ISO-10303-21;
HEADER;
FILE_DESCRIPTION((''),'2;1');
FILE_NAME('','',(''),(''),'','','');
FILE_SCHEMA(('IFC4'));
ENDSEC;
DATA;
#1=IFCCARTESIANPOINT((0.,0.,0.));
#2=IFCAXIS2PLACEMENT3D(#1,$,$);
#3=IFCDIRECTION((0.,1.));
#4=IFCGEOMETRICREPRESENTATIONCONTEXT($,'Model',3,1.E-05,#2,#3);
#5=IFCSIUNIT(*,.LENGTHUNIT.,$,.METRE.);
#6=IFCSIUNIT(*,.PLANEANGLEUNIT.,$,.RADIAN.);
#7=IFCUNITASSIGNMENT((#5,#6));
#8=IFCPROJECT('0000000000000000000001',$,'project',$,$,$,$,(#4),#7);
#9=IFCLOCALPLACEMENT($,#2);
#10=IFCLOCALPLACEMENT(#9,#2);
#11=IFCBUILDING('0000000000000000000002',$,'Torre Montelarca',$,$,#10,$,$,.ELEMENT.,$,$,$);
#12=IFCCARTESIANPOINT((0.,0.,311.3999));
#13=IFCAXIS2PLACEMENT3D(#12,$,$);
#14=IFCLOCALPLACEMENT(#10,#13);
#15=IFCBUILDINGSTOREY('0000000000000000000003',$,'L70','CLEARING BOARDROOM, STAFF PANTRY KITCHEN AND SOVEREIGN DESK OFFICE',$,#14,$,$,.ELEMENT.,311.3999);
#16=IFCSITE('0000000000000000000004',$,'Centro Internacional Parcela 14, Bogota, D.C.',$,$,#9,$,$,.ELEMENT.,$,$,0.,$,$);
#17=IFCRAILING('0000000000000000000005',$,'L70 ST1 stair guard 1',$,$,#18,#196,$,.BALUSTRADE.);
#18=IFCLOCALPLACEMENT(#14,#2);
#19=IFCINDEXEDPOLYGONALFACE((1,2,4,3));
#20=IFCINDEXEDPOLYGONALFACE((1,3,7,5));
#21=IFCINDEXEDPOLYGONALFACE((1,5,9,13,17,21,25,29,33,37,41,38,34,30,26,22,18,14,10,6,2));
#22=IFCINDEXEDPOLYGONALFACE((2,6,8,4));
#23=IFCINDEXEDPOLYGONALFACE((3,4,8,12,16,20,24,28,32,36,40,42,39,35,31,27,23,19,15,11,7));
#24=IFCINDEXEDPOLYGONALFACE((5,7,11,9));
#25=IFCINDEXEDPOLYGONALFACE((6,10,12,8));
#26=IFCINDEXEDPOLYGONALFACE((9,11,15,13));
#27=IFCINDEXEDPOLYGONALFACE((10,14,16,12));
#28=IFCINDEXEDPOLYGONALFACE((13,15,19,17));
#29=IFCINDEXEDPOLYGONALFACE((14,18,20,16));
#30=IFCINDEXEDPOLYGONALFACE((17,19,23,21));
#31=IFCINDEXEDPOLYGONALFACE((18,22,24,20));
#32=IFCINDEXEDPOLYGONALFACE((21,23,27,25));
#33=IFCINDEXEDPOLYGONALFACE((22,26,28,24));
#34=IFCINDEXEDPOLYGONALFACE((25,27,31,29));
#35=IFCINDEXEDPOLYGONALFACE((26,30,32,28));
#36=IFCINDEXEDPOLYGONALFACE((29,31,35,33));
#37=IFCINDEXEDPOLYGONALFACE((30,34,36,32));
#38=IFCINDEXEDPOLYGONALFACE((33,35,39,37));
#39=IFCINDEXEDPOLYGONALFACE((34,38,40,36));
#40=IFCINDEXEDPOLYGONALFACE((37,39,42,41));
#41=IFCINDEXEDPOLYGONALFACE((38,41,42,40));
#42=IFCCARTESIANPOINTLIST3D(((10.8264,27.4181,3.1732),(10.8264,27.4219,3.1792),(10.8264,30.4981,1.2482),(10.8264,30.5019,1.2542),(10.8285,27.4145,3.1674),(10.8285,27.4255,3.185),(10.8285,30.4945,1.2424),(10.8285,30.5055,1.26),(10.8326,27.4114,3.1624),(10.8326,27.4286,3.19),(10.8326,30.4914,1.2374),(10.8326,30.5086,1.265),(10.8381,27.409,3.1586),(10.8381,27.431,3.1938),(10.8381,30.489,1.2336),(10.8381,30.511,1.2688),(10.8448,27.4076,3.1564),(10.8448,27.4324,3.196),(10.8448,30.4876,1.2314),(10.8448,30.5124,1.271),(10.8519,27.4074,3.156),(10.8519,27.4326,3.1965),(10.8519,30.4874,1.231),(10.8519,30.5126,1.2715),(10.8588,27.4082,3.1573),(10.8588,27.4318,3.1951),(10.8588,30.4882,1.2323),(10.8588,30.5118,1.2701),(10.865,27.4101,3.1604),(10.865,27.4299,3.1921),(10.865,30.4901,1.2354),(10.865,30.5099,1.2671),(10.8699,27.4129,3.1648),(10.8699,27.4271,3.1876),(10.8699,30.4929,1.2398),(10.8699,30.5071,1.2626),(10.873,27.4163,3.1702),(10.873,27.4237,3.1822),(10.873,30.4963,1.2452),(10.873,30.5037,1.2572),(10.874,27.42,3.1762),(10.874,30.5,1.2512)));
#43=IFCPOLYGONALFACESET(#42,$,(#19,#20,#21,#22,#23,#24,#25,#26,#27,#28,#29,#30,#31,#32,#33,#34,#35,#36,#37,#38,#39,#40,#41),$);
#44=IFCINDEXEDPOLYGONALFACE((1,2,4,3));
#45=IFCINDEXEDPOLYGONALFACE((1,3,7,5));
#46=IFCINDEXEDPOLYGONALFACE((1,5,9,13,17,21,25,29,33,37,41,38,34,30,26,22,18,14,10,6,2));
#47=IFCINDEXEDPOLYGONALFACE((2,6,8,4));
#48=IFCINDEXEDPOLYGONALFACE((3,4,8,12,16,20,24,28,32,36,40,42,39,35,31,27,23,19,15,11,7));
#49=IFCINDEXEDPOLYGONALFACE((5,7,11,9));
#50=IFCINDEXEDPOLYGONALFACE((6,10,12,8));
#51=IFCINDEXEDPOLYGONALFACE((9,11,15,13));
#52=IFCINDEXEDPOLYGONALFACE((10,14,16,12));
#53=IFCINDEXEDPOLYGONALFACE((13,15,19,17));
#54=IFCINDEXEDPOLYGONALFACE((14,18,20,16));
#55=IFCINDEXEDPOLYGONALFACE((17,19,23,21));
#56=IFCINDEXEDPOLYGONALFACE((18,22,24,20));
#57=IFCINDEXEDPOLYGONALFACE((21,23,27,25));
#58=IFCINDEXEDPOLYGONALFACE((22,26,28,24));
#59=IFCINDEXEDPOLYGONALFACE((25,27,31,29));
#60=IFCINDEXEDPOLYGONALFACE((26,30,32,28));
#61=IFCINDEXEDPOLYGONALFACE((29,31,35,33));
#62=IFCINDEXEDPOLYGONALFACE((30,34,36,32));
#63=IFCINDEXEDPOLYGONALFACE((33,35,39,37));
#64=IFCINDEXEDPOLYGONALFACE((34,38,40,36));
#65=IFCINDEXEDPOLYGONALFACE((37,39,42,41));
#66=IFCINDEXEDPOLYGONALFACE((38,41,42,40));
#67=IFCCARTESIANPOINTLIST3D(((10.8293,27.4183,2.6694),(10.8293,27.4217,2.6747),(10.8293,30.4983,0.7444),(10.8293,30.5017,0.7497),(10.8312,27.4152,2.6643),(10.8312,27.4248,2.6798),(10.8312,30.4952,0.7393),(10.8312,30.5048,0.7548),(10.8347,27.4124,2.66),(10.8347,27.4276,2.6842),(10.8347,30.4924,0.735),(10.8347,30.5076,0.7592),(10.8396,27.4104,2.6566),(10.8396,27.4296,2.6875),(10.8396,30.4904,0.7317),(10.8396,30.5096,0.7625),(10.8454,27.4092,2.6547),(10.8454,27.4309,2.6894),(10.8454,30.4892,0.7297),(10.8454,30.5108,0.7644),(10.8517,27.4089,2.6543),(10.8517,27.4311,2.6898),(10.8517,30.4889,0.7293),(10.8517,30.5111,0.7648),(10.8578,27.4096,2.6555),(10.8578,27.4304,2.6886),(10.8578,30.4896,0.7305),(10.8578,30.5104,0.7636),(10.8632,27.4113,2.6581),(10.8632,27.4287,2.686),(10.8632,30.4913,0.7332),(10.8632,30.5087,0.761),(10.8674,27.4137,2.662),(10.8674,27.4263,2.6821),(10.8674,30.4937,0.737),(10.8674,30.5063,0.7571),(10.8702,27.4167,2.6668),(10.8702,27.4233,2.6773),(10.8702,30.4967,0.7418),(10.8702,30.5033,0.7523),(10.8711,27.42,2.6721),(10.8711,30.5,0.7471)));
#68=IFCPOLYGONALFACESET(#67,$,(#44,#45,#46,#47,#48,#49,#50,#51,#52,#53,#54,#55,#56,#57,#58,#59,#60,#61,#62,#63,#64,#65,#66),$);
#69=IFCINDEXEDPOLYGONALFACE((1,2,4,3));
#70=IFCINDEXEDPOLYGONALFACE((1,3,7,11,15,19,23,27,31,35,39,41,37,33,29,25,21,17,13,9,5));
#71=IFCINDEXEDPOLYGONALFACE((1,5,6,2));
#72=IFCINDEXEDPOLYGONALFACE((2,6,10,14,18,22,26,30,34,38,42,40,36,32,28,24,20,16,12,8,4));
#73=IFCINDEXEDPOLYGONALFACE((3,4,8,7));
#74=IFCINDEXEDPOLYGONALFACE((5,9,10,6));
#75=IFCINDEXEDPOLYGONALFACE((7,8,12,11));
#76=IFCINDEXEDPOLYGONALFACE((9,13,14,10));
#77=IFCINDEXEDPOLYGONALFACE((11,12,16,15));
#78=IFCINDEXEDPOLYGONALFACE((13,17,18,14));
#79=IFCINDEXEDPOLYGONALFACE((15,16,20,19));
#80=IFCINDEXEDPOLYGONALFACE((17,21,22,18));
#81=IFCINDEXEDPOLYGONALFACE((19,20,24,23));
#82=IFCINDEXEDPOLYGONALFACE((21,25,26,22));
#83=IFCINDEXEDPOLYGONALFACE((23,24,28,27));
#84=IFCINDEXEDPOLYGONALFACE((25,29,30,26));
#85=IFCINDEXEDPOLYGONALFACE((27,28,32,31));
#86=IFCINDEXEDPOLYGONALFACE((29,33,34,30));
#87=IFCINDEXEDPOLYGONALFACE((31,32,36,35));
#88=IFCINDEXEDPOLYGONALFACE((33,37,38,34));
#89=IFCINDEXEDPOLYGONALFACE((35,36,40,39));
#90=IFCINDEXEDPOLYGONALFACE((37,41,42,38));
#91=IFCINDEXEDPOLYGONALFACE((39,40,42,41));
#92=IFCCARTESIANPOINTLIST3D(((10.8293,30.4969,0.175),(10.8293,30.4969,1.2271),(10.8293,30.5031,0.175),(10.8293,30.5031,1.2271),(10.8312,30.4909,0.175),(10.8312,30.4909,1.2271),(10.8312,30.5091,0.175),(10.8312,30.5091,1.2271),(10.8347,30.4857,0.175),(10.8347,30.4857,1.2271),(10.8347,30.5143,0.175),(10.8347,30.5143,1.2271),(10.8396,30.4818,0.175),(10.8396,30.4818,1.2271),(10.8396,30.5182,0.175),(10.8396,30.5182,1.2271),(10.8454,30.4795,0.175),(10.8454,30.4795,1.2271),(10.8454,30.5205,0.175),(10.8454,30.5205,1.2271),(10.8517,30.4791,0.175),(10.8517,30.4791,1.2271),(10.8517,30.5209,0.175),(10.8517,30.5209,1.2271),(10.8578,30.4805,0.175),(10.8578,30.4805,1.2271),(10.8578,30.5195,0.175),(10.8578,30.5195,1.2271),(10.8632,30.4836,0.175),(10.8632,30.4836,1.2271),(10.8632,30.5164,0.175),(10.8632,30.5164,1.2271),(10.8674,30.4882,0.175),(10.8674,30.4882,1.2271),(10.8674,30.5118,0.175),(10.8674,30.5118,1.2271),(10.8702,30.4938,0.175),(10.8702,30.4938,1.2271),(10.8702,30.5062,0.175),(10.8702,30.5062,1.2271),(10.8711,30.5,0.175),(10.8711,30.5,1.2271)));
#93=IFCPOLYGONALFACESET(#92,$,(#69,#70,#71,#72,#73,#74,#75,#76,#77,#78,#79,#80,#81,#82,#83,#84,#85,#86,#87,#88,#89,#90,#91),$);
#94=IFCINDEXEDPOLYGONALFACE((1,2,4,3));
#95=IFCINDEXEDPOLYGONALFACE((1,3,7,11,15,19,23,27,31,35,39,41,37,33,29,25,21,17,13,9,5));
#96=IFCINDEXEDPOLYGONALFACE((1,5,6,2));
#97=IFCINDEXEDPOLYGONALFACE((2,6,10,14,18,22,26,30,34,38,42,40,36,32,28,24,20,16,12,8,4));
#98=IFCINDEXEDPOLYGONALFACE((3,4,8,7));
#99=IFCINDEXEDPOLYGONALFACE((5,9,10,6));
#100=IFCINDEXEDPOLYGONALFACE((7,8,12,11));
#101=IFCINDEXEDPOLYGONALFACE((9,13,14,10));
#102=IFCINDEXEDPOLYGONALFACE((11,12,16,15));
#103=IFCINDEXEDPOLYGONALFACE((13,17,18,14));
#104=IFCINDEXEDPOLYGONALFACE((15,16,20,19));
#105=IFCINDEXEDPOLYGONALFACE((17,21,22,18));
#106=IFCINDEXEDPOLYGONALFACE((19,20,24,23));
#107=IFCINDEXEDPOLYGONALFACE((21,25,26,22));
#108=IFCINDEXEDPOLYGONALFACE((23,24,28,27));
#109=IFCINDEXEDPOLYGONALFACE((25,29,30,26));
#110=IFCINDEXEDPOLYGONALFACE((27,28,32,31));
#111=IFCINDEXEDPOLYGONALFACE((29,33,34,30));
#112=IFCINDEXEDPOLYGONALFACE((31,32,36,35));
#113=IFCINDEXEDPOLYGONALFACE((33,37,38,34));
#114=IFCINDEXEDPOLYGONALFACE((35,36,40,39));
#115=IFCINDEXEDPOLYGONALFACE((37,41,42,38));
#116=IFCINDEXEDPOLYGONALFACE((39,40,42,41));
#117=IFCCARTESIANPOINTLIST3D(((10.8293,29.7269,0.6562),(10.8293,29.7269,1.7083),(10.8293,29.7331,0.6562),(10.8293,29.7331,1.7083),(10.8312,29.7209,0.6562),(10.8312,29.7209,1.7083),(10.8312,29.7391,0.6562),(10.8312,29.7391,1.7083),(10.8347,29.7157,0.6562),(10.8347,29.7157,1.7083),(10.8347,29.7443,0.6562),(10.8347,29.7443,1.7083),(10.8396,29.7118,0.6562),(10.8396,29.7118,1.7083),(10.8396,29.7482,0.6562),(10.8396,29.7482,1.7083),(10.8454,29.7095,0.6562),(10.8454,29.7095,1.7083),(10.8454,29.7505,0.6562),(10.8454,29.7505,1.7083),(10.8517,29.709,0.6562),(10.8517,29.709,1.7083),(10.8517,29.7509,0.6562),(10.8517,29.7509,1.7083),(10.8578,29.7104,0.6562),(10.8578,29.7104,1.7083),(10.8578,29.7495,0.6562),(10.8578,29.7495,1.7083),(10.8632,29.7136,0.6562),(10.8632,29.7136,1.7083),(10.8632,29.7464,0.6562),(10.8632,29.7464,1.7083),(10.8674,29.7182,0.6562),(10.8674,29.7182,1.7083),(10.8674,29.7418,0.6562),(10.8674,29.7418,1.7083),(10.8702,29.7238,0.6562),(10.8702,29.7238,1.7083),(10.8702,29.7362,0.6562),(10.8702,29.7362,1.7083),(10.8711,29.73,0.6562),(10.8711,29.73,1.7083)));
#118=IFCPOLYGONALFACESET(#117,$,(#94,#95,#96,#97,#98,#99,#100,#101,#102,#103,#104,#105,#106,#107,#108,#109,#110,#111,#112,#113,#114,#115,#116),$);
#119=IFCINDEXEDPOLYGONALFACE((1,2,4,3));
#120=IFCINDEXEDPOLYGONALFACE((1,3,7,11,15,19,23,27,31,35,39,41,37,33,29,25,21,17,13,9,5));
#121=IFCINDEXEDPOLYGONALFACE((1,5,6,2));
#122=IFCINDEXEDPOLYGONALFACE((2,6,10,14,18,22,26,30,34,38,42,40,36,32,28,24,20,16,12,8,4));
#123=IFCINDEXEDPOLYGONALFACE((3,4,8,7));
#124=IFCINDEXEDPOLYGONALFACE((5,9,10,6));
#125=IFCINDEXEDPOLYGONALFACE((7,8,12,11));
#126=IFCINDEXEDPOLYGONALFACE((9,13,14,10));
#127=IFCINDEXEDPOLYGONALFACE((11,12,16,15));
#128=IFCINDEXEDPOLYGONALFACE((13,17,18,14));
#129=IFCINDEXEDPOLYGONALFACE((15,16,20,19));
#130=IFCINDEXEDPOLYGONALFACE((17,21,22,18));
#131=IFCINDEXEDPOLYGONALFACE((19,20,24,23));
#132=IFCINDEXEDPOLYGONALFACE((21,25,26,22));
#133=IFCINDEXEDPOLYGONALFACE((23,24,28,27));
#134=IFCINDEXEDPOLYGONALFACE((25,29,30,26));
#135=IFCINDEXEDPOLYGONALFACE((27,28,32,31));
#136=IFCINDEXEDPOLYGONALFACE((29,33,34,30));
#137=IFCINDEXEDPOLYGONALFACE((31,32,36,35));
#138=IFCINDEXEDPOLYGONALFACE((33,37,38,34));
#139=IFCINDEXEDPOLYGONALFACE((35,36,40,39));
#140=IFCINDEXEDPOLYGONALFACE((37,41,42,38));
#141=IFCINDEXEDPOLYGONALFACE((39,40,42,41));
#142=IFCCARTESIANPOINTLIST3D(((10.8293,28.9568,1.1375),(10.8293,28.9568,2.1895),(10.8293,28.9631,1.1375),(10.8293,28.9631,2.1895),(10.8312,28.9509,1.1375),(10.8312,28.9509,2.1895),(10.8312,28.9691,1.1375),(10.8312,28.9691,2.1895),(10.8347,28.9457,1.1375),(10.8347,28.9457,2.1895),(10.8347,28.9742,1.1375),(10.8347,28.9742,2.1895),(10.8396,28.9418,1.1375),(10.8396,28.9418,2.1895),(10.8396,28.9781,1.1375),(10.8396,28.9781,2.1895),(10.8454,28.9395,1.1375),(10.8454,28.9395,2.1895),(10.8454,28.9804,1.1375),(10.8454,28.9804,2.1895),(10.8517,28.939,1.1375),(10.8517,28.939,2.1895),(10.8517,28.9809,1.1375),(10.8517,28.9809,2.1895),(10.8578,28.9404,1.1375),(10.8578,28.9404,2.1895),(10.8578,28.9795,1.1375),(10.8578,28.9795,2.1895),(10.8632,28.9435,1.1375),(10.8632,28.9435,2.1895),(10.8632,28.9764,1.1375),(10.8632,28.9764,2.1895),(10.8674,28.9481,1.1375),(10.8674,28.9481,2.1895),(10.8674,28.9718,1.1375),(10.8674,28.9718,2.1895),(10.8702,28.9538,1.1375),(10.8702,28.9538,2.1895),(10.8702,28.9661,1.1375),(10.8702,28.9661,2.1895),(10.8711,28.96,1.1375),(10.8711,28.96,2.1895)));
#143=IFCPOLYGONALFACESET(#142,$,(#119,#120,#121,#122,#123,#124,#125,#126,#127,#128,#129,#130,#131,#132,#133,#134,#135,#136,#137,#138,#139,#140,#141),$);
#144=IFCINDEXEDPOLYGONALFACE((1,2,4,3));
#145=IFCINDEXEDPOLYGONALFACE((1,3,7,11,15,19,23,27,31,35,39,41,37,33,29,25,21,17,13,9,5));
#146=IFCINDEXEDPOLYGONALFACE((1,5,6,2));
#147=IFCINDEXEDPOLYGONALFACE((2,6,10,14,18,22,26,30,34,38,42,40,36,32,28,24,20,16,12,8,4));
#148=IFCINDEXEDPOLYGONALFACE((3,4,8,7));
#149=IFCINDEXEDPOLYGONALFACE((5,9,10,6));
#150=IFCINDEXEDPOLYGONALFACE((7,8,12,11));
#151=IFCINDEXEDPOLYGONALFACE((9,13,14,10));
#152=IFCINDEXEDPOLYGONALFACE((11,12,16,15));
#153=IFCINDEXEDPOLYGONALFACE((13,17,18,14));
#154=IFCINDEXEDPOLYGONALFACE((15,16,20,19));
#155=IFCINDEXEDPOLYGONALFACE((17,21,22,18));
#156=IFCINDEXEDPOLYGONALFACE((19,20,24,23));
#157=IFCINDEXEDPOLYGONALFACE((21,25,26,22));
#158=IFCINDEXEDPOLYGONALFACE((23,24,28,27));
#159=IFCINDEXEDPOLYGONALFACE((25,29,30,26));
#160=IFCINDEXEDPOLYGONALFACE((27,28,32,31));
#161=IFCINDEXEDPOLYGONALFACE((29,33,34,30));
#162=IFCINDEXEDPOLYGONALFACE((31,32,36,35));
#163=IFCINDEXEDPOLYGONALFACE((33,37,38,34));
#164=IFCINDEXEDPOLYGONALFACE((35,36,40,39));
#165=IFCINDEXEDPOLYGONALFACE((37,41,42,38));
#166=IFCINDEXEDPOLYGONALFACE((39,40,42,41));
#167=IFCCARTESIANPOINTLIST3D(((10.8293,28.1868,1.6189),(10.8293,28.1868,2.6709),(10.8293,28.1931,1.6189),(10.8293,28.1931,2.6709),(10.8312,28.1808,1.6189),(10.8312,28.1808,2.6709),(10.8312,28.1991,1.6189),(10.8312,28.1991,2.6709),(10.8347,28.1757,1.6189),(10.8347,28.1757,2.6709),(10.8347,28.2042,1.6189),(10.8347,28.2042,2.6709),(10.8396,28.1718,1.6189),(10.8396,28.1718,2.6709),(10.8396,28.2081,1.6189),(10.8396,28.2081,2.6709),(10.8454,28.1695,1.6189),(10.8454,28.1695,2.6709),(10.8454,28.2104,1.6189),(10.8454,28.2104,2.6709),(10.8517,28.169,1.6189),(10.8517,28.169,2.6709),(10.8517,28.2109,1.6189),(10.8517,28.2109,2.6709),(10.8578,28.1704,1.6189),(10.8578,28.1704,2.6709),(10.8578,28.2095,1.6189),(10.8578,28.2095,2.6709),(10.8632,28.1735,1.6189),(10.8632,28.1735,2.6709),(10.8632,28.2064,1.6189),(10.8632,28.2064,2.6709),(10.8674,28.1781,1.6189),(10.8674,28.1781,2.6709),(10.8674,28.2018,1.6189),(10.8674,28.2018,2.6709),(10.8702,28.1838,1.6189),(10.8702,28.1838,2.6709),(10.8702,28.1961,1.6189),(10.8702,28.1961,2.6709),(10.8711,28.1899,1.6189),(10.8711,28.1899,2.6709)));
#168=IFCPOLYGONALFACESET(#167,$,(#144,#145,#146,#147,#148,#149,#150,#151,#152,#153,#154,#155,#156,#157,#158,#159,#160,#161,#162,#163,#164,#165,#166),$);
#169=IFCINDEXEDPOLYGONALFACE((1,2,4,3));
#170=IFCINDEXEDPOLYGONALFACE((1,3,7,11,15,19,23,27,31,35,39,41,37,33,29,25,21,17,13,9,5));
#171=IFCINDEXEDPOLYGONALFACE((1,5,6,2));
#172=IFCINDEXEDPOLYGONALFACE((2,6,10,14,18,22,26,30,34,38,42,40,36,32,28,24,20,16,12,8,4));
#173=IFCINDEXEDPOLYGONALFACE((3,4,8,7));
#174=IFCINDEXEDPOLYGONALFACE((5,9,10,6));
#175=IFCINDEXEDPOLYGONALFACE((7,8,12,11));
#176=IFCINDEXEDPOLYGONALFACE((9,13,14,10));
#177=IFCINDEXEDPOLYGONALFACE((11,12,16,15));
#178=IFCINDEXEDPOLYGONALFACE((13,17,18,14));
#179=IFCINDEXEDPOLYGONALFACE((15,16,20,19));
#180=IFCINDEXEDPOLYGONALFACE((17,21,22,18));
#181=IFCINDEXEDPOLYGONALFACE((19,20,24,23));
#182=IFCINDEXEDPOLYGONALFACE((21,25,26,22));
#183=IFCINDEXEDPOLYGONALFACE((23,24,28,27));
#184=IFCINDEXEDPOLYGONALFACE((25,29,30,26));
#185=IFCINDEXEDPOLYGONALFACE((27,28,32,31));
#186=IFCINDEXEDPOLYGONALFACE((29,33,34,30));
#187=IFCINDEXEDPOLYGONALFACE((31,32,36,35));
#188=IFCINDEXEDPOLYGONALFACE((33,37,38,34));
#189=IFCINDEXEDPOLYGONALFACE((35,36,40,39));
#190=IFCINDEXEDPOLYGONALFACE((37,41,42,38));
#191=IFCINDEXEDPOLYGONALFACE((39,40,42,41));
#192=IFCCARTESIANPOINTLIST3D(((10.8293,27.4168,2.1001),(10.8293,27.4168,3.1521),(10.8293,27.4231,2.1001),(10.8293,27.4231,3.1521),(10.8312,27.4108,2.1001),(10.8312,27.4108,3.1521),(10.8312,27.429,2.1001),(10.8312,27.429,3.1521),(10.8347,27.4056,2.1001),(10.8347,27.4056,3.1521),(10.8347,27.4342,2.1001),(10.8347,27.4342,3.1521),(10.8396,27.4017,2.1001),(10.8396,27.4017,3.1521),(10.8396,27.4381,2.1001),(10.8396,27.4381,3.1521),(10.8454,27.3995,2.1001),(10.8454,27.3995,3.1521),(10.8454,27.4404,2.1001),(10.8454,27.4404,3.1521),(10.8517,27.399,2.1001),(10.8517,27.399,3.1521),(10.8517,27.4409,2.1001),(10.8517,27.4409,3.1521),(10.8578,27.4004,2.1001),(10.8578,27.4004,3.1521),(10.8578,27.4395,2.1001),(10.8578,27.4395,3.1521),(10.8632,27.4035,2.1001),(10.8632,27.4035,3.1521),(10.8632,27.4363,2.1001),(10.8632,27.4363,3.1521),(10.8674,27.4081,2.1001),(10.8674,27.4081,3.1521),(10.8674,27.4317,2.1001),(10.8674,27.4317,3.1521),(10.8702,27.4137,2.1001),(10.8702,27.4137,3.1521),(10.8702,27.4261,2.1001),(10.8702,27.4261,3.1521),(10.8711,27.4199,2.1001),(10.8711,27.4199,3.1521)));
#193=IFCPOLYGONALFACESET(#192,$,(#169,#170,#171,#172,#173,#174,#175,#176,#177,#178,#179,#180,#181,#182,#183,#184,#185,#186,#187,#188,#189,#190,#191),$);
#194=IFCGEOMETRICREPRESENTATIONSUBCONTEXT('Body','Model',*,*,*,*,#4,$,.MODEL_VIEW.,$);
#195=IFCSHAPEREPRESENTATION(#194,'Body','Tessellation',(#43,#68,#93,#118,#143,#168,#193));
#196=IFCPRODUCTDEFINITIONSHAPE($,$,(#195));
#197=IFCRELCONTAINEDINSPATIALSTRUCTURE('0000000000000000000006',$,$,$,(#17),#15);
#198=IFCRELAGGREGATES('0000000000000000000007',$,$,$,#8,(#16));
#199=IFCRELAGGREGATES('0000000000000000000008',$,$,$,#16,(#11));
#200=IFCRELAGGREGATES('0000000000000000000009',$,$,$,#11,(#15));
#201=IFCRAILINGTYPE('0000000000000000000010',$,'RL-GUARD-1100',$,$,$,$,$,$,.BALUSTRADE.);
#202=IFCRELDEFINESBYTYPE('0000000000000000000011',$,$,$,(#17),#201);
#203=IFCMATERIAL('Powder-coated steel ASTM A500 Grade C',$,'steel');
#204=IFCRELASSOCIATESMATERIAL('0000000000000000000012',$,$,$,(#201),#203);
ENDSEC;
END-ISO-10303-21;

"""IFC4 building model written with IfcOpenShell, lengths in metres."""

from ifc_helpers import new_model, si_unit, direction, frame, origin, origin_2d, place, context, subcontext, project, spatial, circle, extrude, material, type_object, element, save


model = new_model("IFC4")

# Units and contexts
model_context = context("Model", 3, precision=1e-05, world=origin(), true_north=direction((0.0, 1.0)))
body_context = subcontext(model_context, "Body", "Model", "MODEL_VIEW")
ifc_project = project(units=[si_unit("LENGTHUNIT", "METRE"), si_unit("PLANEANGLEUNIT", "RADIAN")], contexts=[model_context])

# Site, building, storey
site_placement = place(None, origin())
site = spatial("IfcSite", under=ifc_project, at=site_placement, Name="Centro Internacional Parcela 14, Bogota, D.C.", CompositionType="ELEMENT", RefElevation=0.0)
building_placement = place(site_placement, origin())
building = spatial("IfcBuilding", under=site, at=building_placement, Name="Torre Montelarca", CompositionType="ELEMENT")
storey_placement = place(building_placement, frame((0.0, 0.0, 311.3999)))
storey = spatial("IfcBuildingStorey", under=building, at=storey_placement, Name="L70", Description="CLEARING BOARDROOM, STAFF PANTRY KITCHEN AND SOVEREIGN DESK OFFICE", CompositionType="ELEMENT", Elevation=311.3999)

# Railing
ifc_material_1 = material(Name="Powder-coated steel ASTM A500 Grade C", Category="steel")
railing_type_1 = type_object("IfcRailingType", Name="RL-GUARD-1100", PredefinedType="BALUSTRADE", material=ifc_material_1)
railing_1_placement = place(storey_placement, frame((10.8501, 30.5, 0.175)))
element("IfcRailing", 1, at=railing_1_placement, inside=storey, type_object=railing_type_1, Name="L70 ST1 stair guard 1", PredefinedType="BALUSTRADE", context=body_context, shape_type="SweptSolid", body=[
    extrude(circle(Radius=0.0239, at=origin_2d()), frame((0.0, 0.0, 1.0762), z_axis=(0.0, -0.847998, 0.529999), x_axis=(1.0, 0.0, 0.0)), (0.0, 0.0, 1.0), 3.6321),
    extrude(circle(Radius=0.021, at=origin_2d()), frame((0.0, 0.0, 0.572), z_axis=(0.0, -0.847998, 0.529999), x_axis=(1.0, 0.0, 0.0)), (0.0, 0.0, 1.0), 3.6321),
    extrude(circle(Radius=0.021, at=origin_2d()), origin(), (0.0, 0.0, 1.0), 1.052),
    extrude(circle(Radius=0.021, at=origin_2d()), frame((0.0, -0.77, 0.4812)), (0.0, 0.0, 1.0), 1.052),
    extrude(circle(Radius=0.021, at=origin_2d()), frame((0.0, -1.54, 0.9624)), (0.0, 0.0, 1.0), 1.052),
    extrude(circle(Radius=0.021, at=origin_2d()), frame((0.0, -2.3101, 1.4438)), (0.0, 0.0, 1.0), 1.052),
    extrude(circle(Radius=0.021, at=origin_2d()), frame((0.0, -3.0801, 1.925)), (0.0, 0.0, 1.0), 1.052),
])

save(model, "model.ifc")
